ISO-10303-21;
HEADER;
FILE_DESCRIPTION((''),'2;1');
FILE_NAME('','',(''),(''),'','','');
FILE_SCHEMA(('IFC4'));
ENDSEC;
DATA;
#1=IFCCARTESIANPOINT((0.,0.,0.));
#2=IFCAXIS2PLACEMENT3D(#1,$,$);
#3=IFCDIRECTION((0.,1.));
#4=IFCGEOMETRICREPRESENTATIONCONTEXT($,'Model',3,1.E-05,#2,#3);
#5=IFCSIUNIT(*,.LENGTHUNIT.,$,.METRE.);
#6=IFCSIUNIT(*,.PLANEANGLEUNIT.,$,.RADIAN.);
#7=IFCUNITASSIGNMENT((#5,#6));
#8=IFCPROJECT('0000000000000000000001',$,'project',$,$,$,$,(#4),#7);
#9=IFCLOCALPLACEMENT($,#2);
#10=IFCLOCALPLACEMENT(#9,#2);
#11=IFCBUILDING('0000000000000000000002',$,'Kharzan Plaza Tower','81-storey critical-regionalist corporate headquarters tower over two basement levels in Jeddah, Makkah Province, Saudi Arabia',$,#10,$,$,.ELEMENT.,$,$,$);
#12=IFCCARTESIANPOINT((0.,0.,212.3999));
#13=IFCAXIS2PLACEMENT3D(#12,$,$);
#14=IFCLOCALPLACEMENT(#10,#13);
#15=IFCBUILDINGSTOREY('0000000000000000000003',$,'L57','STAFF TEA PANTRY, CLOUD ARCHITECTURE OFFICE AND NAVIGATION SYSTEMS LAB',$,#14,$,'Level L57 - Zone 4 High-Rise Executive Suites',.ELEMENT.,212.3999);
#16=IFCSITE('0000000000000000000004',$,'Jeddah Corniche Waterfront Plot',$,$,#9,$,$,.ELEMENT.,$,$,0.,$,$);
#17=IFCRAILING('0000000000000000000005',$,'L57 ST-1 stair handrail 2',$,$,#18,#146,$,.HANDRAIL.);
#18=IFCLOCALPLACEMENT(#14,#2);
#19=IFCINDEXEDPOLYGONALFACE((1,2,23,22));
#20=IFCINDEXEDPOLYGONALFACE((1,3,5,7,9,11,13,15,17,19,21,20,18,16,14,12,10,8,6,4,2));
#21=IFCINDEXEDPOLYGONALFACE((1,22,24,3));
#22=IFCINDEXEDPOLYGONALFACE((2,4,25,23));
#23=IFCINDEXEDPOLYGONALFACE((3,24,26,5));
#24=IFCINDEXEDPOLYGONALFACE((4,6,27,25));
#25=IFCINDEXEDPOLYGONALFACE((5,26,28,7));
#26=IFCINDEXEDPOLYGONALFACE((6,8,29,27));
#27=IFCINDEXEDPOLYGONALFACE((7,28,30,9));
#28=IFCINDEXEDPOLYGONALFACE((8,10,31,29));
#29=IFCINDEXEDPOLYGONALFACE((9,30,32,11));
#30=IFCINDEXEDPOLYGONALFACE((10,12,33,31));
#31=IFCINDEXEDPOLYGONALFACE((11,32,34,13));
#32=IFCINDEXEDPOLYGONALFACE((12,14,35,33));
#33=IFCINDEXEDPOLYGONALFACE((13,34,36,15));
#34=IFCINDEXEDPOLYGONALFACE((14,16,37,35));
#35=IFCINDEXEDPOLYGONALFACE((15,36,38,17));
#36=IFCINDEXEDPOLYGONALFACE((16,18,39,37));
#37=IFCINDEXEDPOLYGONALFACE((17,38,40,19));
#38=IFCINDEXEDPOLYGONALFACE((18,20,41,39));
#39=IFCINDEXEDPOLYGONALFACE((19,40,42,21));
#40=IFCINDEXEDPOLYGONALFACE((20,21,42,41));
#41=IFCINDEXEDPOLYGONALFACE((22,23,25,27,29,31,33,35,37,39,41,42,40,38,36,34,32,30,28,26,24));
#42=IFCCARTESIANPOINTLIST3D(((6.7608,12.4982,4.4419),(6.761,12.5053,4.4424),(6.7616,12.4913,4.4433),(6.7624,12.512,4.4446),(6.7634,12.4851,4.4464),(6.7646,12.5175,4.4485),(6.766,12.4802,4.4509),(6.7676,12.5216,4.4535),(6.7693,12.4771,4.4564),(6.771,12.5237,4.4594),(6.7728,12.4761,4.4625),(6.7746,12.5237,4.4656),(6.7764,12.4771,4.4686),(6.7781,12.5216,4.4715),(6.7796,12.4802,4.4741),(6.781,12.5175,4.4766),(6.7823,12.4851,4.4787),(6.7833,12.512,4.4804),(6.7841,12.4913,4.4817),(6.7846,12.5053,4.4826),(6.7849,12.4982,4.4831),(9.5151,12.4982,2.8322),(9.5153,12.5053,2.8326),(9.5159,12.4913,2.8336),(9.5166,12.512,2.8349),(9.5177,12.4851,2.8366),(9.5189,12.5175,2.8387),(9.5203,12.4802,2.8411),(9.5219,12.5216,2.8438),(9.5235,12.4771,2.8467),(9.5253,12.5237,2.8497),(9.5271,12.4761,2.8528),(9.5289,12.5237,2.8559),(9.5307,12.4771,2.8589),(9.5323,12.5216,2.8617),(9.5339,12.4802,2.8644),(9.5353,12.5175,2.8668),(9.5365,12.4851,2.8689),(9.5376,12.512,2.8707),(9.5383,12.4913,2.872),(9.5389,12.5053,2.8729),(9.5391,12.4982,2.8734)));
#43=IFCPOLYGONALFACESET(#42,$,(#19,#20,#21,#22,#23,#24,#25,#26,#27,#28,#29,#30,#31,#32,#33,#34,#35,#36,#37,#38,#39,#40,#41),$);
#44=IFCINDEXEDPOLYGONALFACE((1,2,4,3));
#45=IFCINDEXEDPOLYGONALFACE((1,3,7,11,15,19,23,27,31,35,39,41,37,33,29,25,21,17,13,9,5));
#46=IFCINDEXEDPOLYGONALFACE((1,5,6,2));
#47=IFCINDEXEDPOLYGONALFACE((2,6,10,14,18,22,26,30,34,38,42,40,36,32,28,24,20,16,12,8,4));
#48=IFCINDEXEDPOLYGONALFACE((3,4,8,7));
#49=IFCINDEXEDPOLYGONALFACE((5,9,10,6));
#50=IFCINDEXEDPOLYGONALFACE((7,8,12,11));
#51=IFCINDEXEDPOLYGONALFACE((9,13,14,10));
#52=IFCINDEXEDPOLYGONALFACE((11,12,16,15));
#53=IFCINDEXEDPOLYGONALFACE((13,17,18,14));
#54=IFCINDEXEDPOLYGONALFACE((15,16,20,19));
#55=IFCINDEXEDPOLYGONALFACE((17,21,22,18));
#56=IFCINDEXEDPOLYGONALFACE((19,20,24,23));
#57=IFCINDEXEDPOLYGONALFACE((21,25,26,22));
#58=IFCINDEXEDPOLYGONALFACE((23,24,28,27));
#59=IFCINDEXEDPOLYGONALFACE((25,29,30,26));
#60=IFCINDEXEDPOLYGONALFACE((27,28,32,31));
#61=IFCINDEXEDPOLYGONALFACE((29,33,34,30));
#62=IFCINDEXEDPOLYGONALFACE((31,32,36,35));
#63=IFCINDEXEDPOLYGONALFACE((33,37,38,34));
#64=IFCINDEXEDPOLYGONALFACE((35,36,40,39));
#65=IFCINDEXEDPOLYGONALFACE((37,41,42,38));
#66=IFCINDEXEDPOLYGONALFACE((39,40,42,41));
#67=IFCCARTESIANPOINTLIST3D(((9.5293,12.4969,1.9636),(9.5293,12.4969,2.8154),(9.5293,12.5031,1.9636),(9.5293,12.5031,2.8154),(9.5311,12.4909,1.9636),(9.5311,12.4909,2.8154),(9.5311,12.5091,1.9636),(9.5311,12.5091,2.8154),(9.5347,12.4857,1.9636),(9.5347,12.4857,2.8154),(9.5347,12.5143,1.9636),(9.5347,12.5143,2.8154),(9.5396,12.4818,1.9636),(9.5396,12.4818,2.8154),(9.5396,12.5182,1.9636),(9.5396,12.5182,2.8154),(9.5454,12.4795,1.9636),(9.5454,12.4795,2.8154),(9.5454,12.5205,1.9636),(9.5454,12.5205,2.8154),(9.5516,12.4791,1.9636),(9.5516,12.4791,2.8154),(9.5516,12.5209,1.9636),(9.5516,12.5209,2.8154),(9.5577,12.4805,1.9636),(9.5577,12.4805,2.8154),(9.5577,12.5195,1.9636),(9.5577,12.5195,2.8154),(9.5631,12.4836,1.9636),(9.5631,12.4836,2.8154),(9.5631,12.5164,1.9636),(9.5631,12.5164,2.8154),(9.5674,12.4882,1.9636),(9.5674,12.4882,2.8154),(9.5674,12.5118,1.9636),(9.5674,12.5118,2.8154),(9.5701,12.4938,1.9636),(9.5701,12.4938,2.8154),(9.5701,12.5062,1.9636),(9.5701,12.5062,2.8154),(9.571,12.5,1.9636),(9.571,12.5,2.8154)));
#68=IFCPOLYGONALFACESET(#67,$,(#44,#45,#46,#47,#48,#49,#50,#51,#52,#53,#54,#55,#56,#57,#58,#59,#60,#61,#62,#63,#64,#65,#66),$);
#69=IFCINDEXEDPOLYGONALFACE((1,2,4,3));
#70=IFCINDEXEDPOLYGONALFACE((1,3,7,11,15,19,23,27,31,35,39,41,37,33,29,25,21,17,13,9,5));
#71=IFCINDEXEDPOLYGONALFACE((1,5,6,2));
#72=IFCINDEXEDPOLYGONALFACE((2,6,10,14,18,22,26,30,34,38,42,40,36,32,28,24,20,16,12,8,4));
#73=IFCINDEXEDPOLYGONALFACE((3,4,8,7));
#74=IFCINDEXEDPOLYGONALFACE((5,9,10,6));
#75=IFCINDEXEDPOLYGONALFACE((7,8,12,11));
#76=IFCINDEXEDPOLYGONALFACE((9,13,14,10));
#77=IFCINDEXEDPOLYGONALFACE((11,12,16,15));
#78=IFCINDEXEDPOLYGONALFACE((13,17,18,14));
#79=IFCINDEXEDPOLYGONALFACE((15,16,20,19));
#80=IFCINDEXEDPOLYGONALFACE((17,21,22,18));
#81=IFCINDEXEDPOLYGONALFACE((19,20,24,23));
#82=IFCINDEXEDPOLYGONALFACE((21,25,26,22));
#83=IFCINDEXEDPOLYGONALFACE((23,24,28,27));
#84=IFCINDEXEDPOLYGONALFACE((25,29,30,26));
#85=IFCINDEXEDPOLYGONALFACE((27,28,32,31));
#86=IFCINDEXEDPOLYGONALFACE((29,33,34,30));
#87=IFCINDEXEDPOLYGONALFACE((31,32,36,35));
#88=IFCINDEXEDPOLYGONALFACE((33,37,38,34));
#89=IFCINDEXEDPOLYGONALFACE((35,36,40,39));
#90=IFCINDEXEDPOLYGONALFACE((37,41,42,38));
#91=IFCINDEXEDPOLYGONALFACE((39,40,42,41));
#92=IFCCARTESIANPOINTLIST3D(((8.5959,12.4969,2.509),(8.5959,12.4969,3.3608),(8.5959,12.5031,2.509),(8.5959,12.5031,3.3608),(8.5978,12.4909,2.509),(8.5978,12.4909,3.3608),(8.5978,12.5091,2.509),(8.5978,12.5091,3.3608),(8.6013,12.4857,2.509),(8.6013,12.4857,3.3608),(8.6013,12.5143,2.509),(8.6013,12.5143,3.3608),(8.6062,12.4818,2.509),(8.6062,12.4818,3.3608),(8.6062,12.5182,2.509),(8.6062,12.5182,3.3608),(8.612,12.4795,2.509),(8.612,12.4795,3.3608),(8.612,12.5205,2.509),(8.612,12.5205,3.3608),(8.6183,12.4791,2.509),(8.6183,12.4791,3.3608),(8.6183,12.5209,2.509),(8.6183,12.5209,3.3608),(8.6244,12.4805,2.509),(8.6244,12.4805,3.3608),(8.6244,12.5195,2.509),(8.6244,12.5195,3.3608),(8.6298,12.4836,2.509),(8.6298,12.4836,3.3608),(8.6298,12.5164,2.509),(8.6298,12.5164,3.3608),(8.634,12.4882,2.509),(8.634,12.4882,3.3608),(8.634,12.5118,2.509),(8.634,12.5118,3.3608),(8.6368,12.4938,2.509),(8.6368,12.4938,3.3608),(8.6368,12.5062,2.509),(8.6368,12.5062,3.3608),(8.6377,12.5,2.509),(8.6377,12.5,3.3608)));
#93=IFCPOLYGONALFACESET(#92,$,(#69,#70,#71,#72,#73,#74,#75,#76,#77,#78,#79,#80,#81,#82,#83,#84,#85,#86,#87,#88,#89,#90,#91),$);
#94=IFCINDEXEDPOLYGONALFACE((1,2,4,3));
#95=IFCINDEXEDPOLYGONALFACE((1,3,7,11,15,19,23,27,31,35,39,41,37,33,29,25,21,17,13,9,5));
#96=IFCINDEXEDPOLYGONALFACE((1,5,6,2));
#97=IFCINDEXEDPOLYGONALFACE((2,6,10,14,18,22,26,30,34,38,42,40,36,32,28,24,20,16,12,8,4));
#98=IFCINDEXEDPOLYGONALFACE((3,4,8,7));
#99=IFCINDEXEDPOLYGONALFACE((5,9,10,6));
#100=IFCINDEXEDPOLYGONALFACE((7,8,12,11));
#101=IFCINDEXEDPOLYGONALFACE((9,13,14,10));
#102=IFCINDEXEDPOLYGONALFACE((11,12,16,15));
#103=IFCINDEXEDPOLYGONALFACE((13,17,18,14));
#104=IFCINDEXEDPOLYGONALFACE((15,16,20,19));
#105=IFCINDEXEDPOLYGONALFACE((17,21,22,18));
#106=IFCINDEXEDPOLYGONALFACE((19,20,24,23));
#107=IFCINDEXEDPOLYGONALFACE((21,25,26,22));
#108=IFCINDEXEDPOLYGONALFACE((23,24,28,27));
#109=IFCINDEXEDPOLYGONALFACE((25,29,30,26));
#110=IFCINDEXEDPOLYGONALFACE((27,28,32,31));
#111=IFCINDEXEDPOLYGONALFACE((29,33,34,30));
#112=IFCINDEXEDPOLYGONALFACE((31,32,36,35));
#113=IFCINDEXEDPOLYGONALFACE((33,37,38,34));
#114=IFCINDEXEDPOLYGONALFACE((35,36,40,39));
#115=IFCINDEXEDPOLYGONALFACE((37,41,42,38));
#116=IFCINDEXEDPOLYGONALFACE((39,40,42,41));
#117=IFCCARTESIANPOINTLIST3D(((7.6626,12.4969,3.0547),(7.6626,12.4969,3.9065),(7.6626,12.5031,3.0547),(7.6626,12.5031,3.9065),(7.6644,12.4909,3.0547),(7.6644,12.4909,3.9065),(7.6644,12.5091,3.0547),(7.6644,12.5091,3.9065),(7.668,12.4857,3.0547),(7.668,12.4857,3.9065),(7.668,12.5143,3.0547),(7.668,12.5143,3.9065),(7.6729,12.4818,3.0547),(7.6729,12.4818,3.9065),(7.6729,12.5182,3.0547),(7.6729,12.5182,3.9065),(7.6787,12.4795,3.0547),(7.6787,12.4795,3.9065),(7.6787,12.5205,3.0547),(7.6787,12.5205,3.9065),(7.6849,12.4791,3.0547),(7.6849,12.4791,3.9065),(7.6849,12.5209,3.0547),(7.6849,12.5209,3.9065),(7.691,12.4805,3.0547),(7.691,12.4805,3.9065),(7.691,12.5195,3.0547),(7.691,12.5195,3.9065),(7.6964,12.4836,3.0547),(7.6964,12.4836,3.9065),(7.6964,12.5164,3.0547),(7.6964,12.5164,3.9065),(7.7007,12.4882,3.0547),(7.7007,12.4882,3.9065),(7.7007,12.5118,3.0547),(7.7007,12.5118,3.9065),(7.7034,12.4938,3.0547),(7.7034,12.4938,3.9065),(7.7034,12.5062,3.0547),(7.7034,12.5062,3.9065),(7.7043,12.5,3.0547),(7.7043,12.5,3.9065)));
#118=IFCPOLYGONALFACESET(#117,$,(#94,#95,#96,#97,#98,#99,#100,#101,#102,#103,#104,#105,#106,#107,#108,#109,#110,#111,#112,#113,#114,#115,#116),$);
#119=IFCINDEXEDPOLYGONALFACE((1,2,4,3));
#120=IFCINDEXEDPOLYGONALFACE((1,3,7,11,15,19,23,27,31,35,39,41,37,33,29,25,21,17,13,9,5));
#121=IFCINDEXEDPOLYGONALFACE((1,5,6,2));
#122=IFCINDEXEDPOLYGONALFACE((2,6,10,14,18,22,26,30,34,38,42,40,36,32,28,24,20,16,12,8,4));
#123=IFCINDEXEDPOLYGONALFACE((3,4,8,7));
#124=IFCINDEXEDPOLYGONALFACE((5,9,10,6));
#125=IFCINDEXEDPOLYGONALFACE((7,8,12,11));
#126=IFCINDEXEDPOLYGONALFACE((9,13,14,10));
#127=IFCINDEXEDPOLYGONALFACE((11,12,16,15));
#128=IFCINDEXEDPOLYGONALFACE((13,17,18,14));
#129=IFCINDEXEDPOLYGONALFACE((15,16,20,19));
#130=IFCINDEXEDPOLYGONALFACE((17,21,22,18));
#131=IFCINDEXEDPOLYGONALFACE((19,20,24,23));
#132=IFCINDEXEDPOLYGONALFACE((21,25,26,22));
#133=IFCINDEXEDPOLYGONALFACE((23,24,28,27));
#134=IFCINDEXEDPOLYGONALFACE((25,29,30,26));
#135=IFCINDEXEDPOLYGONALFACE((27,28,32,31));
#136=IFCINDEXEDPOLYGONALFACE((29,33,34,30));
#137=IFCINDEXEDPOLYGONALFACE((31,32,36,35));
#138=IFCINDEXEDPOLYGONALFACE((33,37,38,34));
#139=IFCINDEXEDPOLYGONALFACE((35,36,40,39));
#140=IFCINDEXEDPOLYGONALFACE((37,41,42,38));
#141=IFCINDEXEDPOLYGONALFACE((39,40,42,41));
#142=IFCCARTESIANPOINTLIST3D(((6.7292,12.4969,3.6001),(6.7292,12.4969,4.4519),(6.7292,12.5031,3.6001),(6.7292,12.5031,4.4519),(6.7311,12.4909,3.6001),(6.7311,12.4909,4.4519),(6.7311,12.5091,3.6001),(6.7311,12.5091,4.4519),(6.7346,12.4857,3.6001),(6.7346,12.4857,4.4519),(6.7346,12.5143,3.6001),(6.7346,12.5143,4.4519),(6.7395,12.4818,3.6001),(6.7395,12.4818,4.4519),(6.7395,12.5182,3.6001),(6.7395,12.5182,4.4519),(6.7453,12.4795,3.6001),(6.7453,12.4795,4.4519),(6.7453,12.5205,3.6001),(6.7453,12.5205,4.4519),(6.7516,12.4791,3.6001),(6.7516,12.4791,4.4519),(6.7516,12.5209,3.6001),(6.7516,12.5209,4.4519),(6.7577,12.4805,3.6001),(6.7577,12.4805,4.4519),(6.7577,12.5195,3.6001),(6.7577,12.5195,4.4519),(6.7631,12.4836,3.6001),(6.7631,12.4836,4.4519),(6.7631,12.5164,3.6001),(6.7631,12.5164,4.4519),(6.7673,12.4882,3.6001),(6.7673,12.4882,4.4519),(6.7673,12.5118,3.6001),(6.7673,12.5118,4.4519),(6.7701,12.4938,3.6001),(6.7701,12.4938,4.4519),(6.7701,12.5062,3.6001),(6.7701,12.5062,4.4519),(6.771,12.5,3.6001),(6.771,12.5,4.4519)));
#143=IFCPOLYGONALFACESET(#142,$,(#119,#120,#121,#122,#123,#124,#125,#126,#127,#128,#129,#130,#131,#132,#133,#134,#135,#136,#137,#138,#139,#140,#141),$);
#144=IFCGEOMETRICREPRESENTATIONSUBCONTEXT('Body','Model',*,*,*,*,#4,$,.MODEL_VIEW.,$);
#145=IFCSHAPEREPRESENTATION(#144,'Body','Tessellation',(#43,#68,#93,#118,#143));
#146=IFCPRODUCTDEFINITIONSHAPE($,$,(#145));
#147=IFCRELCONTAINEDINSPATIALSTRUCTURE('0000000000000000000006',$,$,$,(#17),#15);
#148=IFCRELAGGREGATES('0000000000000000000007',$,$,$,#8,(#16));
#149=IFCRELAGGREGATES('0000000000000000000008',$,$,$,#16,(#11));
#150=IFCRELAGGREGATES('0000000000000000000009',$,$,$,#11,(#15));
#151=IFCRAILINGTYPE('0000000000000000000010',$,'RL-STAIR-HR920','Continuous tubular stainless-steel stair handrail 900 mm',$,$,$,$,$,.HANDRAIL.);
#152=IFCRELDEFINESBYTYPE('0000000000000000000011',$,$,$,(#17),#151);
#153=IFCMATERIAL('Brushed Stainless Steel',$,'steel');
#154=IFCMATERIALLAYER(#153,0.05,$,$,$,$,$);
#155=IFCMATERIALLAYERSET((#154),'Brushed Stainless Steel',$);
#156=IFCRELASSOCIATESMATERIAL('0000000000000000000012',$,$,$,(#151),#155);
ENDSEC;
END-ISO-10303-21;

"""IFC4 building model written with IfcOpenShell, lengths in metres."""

from ifc_helpers import new_model, si_unit, direction, frame, origin, origin_2d, place, context, subcontext, project, spatial, circle, extrude, source, transform, mapped, material, layer, layer_set, type_object, element, save


model = new_model("IFC4")

# Units and contexts
model_context = context("Model", 3, precision=1e-05, world=origin(), true_north=direction((0.0, 1.0)))
body_context = subcontext(model_context, "Body", "Model", "MODEL_VIEW")
ifc_project = project(units=[si_unit("LENGTHUNIT", "METRE"), si_unit("PLANEANGLEUNIT", "RADIAN")], contexts=[model_context])

# Site, building, storey
site_placement = place(None, origin())
site = spatial("IfcSite", under=ifc_project, at=site_placement, Name="Jeddah Corniche Waterfront Plot", CompositionType="ELEMENT", RefElevation=0.0)
building_placement = place(site_placement, origin())
building = spatial("IfcBuilding", under=site, at=building_placement, Name="Kharzan Plaza Tower", Description="81-storey critical-regionalist corporate headquarters tower over two basement levels in Jeddah, Makkah Province, Saudi Arabia", CompositionType="ELEMENT")
storey_placement = place(building_placement, frame((0.0, 0.0, 212.3999)))
storey = spatial("IfcBuildingStorey", under=building, at=storey_placement, Name="L57", Description="STAFF TEA PANTRY, CLOUD ARCHITECTURE OFFICE AND NAVIGATION SYSTEMS LAB", LongName="Level L57 - Zone 4 High-Rise Executive Suites", CompositionType="ELEMENT", Elevation=212.3999)

# Shared definitions
ifc_material_1 = material(Name="Brushed Stainless Steel", Category="steel")

# Railing
ifc_layer_1 = layer(ifc_material_1, 0.05)
ifc_layer_set_1 = layer_set([ifc_layer_1], Name="Brushed Stainless Steel")
railing_type_1 = type_object("IfcRailingType", Name="RL-STAIR-HR920", Description="Continuous tubular stainless-steel stair handrail 900 mm", PredefinedType="HANDRAIL", material=ifc_layer_set_1)
shared_shape_1 = source(origin(), body_context, "Body", "SweptSolid", [
    extrude(circle(Radius=0.0239, at=origin_2d()), frame((-0.0229, 0.0, 0.8892), z_axis=(-0.863361, 0.0, 0.504587), x_axis=(0.0, -1.0, 0.0)), (0.0, 0.0, 1.0), 3.1902),
    extrude(circle(Radius=0.021, at=origin_2d()), origin(), (0.0, 0.0, 1.0), 0.8518),
    extrude(circle(Radius=0.021, at=origin_2d()), frame((-0.9333, 0.0, 0.5454)), (0.0, 0.0, 1.0), 0.8518),
    extrude(circle(Radius=0.021, at=origin_2d()), frame((-1.8667, 0.0, 1.0911)), (0.0, 0.0, 1.0), 0.8518),
    extrude(circle(Radius=0.021, at=origin_2d()), frame((-2.8, 0.0, 1.6365)), (0.0, 0.0, 1.0), 0.8518),
])
railing_1_placement = place(storey_placement, frame((9.55, 12.5, 1.9636)))
element("IfcRailing", 1, at=railing_1_placement, inside=storey, type_object=railing_type_1, Name="L57 ST-1 stair handrail 2", PredefinedType="HANDRAIL", context=body_context, shape_type="MappedRepresentation", body=[
    mapped(shared_shape_1, transform((0.0, 0.0, 0.0), x_axis=(1.0, 0.0, 0.0), y_axis=(0.0, 1.0, 0.0), z_axis=(0.0, 0.0, 1.0))),
])

save(model, "model.ifc")
